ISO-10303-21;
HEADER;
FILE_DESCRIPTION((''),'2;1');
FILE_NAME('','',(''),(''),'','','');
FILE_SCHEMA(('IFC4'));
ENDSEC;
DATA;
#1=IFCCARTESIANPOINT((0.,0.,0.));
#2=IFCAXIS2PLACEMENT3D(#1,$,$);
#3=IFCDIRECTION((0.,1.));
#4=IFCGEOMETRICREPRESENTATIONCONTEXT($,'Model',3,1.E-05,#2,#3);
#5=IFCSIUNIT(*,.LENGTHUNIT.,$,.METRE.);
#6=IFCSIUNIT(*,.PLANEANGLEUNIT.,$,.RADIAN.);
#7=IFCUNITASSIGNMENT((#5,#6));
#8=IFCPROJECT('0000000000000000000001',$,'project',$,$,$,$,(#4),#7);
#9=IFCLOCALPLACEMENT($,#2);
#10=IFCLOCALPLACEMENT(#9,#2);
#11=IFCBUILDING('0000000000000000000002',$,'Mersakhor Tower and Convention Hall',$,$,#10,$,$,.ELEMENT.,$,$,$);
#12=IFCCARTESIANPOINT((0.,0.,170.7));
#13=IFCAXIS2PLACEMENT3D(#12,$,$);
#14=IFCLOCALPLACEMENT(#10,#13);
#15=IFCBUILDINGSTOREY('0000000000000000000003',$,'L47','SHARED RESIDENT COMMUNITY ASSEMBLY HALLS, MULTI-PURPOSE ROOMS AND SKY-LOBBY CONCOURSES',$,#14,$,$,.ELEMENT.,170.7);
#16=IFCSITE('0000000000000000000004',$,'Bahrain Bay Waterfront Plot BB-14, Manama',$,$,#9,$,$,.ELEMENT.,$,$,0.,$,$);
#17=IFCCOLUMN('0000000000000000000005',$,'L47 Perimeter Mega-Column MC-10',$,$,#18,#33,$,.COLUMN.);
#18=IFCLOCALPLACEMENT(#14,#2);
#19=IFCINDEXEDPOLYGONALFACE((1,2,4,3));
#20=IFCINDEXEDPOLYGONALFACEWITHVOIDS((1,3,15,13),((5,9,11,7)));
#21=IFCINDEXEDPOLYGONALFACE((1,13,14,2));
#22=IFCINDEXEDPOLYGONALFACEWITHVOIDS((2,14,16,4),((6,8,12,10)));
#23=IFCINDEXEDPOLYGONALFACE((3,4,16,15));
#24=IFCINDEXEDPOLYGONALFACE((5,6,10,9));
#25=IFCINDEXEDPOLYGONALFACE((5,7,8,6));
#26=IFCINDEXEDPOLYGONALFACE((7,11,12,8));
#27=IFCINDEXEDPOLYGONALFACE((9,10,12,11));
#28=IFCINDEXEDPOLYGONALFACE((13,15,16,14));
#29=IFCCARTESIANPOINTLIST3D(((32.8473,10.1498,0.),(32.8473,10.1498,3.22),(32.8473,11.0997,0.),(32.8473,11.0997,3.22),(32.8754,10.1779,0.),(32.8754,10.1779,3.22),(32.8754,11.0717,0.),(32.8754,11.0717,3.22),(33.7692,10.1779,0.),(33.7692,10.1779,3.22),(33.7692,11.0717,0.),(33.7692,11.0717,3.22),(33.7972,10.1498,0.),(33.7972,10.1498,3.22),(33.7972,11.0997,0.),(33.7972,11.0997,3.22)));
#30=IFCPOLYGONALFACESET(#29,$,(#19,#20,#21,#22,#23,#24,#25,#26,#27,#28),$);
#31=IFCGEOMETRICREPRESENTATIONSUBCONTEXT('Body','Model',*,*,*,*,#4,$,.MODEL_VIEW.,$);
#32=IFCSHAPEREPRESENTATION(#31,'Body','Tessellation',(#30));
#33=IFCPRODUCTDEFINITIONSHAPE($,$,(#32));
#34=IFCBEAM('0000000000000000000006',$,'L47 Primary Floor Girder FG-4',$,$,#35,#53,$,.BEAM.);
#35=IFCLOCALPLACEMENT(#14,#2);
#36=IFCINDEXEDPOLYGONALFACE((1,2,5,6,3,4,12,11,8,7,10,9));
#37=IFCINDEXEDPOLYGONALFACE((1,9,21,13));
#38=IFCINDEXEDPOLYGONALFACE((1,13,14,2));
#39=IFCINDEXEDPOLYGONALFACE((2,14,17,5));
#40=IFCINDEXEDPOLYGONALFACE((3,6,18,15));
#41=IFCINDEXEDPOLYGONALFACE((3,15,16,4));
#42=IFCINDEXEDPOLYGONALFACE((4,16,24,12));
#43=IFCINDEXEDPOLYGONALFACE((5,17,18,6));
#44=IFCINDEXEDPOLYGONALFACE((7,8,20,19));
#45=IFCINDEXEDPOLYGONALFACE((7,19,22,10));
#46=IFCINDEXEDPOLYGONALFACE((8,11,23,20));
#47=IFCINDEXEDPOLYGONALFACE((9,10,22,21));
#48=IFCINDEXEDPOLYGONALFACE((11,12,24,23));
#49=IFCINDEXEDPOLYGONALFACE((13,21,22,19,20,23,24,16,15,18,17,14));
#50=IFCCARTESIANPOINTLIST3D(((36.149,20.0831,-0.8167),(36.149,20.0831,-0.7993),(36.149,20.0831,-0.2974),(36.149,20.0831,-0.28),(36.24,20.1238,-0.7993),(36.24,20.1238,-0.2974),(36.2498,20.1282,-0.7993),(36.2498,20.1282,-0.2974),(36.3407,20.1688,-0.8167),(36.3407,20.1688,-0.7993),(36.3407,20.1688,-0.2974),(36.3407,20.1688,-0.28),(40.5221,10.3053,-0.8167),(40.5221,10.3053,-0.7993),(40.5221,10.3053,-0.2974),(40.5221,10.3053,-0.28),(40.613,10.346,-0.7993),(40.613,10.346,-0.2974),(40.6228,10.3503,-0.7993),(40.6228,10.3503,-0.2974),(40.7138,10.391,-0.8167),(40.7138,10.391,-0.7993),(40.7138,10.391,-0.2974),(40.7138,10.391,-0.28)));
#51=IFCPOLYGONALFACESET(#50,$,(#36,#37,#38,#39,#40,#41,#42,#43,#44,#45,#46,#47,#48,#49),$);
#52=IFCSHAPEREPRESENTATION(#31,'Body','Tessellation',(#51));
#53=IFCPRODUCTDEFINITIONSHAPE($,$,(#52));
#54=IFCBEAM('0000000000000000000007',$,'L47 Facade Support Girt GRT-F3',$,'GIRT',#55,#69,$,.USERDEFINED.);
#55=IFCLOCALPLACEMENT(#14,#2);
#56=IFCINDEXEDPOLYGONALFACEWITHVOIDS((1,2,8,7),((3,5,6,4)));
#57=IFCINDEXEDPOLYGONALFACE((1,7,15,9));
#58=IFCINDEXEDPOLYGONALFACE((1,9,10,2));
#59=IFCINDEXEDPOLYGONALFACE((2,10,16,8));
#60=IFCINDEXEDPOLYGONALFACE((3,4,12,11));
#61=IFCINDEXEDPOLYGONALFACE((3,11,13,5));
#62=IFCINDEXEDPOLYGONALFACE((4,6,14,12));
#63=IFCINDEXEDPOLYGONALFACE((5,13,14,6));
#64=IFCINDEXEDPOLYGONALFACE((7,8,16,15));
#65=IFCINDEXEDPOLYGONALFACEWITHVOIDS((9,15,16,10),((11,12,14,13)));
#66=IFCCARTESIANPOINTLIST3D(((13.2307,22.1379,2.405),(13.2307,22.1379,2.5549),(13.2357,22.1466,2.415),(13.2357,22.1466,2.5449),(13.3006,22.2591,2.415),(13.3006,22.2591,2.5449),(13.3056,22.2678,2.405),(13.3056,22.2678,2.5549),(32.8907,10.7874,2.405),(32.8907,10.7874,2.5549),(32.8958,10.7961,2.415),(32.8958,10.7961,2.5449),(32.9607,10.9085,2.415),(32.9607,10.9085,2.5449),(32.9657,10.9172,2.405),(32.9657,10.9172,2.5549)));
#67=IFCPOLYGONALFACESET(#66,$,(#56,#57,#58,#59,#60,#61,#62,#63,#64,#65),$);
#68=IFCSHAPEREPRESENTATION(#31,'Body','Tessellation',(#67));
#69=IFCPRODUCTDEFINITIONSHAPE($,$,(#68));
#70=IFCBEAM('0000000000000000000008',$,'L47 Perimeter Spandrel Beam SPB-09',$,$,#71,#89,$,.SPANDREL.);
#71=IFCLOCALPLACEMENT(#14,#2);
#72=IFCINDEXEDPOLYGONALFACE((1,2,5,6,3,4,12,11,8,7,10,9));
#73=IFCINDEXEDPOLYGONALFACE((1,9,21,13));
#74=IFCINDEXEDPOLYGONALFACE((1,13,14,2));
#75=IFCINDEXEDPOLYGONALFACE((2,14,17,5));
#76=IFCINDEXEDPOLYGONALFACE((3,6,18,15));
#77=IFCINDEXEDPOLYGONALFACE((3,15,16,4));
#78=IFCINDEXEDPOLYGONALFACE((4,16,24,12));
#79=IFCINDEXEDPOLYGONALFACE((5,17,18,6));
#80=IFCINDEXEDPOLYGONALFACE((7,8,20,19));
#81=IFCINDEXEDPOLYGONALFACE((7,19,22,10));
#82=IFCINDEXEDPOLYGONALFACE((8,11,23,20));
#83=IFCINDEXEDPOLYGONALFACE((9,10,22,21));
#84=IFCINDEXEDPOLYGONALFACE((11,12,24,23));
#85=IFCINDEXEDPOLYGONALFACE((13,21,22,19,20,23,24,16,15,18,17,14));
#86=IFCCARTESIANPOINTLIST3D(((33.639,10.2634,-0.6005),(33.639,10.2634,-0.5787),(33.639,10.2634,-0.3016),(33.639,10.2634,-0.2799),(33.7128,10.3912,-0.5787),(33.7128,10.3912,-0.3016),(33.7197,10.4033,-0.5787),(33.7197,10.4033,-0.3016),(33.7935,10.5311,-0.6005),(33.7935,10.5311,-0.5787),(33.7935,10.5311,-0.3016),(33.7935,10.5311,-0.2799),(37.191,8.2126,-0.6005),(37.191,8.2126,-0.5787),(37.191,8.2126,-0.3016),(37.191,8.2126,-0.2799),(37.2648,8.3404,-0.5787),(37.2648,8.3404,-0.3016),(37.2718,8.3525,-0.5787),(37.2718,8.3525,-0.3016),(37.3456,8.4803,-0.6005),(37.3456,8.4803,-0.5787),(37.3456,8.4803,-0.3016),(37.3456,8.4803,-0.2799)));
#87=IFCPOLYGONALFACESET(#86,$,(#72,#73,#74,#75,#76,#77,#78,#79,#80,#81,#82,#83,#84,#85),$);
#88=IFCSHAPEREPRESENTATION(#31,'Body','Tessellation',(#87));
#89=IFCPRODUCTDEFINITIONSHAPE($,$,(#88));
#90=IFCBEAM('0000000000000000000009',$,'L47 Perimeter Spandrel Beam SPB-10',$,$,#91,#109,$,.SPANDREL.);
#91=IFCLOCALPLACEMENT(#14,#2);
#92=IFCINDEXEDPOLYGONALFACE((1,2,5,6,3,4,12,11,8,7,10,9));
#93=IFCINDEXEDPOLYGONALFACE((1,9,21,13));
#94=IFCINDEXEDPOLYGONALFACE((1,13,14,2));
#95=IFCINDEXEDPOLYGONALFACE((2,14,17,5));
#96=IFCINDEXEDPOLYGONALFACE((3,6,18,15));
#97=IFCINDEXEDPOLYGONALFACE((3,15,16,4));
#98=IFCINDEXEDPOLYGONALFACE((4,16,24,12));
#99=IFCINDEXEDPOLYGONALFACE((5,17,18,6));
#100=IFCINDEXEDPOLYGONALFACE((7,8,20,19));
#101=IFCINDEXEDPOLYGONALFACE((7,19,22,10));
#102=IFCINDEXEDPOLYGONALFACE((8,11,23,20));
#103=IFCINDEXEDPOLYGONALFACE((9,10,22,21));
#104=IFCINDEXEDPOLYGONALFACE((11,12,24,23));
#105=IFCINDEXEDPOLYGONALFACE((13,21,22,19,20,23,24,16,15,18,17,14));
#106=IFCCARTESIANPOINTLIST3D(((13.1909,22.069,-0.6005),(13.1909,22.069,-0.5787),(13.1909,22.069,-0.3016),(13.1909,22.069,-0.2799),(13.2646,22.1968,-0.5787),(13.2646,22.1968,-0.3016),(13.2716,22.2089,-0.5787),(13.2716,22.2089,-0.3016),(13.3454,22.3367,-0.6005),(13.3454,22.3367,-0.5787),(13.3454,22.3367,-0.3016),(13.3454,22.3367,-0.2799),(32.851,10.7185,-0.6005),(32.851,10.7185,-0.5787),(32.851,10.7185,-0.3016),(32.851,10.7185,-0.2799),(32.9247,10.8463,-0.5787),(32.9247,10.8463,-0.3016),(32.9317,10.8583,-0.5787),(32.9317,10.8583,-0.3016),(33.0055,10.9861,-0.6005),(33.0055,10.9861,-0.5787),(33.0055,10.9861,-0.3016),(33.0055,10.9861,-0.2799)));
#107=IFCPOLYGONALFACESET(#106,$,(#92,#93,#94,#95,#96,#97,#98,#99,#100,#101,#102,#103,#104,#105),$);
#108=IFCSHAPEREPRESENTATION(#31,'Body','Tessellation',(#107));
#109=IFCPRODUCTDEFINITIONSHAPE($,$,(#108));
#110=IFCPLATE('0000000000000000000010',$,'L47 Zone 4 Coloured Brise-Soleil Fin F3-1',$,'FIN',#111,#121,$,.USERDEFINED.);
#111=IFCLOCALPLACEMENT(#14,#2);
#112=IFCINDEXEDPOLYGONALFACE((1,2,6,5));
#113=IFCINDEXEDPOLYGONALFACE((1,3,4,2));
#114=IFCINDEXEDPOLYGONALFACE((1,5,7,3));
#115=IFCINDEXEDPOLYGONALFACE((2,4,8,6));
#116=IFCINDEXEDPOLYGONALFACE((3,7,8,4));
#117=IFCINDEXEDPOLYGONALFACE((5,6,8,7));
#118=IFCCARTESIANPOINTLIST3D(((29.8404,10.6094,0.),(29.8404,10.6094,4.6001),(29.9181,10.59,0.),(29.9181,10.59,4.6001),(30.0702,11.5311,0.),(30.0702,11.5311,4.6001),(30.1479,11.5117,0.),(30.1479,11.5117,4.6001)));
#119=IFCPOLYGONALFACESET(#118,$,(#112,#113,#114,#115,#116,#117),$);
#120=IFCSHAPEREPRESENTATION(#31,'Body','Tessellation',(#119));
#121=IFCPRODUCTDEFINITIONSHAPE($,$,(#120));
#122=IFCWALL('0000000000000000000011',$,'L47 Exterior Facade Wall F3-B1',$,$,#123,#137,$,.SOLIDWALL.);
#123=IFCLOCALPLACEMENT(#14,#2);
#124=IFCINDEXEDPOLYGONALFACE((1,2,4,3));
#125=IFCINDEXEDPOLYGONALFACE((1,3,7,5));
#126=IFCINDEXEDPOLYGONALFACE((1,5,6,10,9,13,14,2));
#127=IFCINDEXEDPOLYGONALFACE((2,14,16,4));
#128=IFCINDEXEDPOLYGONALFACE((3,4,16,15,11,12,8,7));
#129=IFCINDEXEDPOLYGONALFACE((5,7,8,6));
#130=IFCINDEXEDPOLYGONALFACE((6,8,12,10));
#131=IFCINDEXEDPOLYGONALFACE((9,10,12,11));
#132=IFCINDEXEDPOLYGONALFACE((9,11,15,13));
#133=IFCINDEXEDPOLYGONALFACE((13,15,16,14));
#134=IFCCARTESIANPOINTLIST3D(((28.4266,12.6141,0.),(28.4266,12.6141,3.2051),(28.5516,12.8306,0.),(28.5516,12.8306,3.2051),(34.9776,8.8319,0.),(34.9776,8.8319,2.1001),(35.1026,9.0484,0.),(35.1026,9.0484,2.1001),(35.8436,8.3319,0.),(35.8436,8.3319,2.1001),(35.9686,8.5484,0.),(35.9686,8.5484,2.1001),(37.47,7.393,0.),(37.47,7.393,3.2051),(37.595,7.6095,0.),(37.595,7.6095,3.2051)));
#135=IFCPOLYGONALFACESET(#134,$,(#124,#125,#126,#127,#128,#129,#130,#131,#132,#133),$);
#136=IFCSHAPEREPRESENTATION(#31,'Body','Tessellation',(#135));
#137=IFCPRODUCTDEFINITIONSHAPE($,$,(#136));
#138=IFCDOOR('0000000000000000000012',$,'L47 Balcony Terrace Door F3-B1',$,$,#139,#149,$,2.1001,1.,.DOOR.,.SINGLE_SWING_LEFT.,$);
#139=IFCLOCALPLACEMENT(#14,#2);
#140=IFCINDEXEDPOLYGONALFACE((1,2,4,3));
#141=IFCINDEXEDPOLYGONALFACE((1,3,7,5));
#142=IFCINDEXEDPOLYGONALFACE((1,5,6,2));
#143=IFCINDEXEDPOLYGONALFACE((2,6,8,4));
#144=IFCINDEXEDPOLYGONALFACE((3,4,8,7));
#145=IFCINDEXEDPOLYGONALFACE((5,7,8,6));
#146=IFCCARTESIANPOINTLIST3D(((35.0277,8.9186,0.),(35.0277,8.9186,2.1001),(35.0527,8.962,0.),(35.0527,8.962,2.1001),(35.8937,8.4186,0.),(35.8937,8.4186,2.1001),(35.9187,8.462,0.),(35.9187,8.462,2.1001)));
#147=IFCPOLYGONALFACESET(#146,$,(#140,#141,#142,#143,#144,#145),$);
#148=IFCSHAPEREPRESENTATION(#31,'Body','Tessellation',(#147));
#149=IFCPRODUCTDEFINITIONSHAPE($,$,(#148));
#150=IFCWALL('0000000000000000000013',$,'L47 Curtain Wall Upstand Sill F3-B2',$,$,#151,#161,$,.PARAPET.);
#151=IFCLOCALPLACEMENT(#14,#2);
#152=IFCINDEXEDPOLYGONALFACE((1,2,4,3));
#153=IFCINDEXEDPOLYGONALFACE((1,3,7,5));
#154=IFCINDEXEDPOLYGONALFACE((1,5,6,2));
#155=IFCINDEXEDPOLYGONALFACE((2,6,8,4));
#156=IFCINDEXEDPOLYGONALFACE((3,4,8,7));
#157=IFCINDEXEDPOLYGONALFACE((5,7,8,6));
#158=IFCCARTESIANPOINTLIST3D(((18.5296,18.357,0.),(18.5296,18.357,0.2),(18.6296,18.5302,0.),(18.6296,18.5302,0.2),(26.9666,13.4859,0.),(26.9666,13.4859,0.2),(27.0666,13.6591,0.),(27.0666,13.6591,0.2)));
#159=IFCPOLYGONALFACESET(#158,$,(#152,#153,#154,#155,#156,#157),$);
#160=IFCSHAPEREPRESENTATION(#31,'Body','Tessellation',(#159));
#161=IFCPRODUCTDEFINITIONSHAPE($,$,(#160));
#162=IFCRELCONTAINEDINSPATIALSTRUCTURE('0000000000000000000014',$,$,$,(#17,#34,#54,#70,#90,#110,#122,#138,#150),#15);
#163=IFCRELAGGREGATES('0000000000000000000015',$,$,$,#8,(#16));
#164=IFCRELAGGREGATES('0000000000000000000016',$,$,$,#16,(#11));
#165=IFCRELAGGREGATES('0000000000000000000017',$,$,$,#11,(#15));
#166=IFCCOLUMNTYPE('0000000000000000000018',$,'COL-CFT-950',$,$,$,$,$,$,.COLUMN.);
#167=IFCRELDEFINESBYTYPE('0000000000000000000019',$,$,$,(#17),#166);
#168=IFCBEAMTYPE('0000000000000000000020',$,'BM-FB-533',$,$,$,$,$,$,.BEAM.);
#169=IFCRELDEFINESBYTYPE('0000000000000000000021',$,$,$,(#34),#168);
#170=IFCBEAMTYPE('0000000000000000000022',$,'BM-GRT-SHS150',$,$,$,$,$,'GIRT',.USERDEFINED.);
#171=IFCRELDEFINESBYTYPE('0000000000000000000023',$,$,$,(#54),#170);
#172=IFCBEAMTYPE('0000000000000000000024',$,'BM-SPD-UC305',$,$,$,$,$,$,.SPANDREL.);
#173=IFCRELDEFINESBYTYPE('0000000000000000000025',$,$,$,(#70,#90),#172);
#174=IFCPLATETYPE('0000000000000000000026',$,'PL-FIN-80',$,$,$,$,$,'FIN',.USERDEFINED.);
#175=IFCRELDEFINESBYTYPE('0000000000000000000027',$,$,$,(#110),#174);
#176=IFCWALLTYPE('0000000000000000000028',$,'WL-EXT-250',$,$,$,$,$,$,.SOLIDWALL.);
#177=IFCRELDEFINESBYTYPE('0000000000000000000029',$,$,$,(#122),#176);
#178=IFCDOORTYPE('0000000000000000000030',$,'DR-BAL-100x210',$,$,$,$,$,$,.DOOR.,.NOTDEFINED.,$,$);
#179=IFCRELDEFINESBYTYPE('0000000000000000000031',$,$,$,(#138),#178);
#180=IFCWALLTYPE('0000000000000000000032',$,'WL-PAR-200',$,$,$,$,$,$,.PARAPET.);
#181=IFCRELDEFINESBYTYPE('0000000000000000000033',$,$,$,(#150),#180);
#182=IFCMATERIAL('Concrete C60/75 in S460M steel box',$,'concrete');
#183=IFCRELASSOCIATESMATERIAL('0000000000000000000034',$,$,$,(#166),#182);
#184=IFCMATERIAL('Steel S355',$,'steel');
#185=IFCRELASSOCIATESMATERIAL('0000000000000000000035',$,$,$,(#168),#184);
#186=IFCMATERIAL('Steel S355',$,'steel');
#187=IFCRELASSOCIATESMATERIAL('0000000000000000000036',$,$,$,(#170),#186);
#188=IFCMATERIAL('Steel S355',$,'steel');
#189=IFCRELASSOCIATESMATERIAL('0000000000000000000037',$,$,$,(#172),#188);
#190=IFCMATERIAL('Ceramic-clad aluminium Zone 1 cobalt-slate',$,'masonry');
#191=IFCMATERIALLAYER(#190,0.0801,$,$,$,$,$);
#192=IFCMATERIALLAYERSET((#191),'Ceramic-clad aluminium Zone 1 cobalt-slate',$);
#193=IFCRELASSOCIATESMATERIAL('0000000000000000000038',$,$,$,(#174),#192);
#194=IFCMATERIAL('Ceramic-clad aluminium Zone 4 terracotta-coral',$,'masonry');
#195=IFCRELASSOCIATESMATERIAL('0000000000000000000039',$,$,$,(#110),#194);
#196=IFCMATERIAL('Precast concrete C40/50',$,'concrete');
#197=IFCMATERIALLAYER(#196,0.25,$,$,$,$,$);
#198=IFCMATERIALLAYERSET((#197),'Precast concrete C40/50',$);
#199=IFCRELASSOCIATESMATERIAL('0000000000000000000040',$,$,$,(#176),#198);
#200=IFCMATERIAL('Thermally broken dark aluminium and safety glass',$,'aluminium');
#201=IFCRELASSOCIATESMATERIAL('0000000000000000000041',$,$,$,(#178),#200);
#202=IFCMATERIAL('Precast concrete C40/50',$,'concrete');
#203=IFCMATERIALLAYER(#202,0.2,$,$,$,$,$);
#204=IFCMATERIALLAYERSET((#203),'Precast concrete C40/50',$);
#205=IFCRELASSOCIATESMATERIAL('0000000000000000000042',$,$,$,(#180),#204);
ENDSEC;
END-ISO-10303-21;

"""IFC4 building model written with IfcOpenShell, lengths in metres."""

from ifc_helpers import new_model, si_unit, direction, frame, frame_2d, origin, origin_2d, place, context, subcontext, project, spatial, rectangle, hollow_rectangle, i_section, extrude, material, layer, layer_set, material_profile, profile_set, type_object, element, fill, save


model = new_model("IFC4")

# Units and contexts
model_context = context("Model", 3, precision=1e-05, world=origin(), true_north=direction((0.0, 1.0)))
body_context = subcontext(model_context, "Body", "Model", "MODEL_VIEW")
ifc_project = project(units=[si_unit("LENGTHUNIT", "METRE"), si_unit("PLANEANGLEUNIT", "RADIAN")], contexts=[model_context])

# Site, building, storey
site_placement = place(None, origin())
site = spatial("IfcSite", under=ifc_project, at=site_placement, Name="Bahrain Bay Waterfront Plot BB-14, Manama", CompositionType="ELEMENT", RefElevation=0.0)
building_placement = place(site_placement, origin())
building = spatial("IfcBuilding", under=site, at=building_placement, Name="Mersakhor Tower and Convention Hall", CompositionType="ELEMENT")
storey_placement = place(building_placement, frame((0.0, 0.0, 170.7)))
storey = spatial("IfcBuildingStorey", under=building, at=storey_placement, Name="L47", Description="SHARED RESIDENT COMMUNITY ASSEMBLY HALLS, MULTI-PURPOSE ROOMS AND SKY-LOBBY CONCOURSES", CompositionType="ELEMENT", Elevation=170.7)

# Column
ifc_material_1 = material(Name="Concrete C60/75 in S460M steel box", Category="concrete")
ifc_material_profile_1 = material_profile(ifc_material_1, hollow_rectangle(XDim=0.95, YDim=0.95, WallThickness=0.0281, at=origin_2d()), Name="SHS 950x950x28")
ifc_profile_set_1 = profile_set([ifc_material_profile_1], Name="Concrete C60/75 in S460M steel box")
column_type = type_object("IfcColumnType", Name="COL-CFT-950", PredefinedType="COLUMN", material=ifc_profile_set_1)
column_placement = place(storey_placement, frame((33.3223, 10.6248, 0.0), z_axis=(0.0, 0.0, 1.0), x_axis=(1.0, 0.0, 0.0)))
element("IfcColumn", 1, at=column_placement, inside=storey, type_object=column_type, Name="L47 Perimeter Mega-Column MC-10", PredefinedType="COLUMN", context=body_context, shape_type="SweptSolid", body=[
    extrude(hollow_rectangle(XDim=0.95, YDim=0.95, WallThickness=0.0281, at=origin_2d()), origin(), (0.0, 0.0, 1.0), 3.22),
])

# Beams
ifc_material_2 = material(Name="Steel S355", Category="steel")
ifc_material_profile_2 = material_profile(ifc_material_2, i_section(OverallWidth=0.21, OverallDepth=0.5366, WebThickness=0.0107, FlangeThickness=0.0173, at=origin_2d()), Name="UB 533x210x101")
ifc_profile_set_2 = profile_set([ifc_material_profile_2], Name="Steel S355")
beam_type_1 = type_object("IfcBeamType", Name="BM-FB-533", PredefinedType="BEAM", material=ifc_profile_set_2)
beam_1_placement = place(storey_placement, frame((36.2449, 20.126, -0.5483), z_axis=(0.408269, -0.912862, 0.0), x_axis=(0.912862, 0.408269, 0.0)))
element("IfcBeam", 2, at=beam_1_placement, inside=storey, type_object=beam_type_1, Name="L47 Primary Floor Girder FG-4", PredefinedType="BEAM", context=body_context, shape_type="SweptSolid", body=[
    extrude(i_section(OverallWidth=0.21, OverallDepth=0.5366, WebThickness=0.0107, FlangeThickness=0.0173, at=origin_2d()), origin(), (0.0, 0.0, 1.0), 10.7112),
])
ifc_material_3 = material(Name="Steel S355", Category="steel")
ifc_material_profile_3 = material_profile(ifc_material_3, hollow_rectangle(XDim=0.1499, YDim=0.1499, WallThickness=0.01, at=origin_2d()), Name="SHS 150x150x10")
ifc_profile_set_3 = profile_set([ifc_material_profile_3], Name="Steel S355")
beam_type_2 = type_object("IfcBeamType", Name="BM-GRT-SHS150", ElementType="GIRT", PredefinedType="USERDEFINED", material=ifc_profile_set_3)
beam_2_placement = place(storey_placement, frame((32.9282, 10.8523, 2.48), z_axis=(-0.866029, 0.499993, 0.0), x_axis=(-0.499993, -0.866029, 0.0)))
element("IfcBeam", 3, at=beam_2_placement, inside=storey, type_object=beam_type_2, Name="L47 Facade Support Girt GRT-F3", ObjectType="GIRT", PredefinedType="USERDEFINED", context=body_context, shape_type="SweptSolid", body=[
    extrude(hollow_rectangle(XDim=0.1499, YDim=0.1499, WallThickness=0.01, at=origin_2d()), origin(), (0.0, 0.0, 1.0), 22.7014),
])
ifc_material_4 = material(Name="Steel S355", Category="steel")
ifc_material_profile_4 = material_profile(ifc_material_4, i_section(OverallWidth=0.3091, OverallDepth=0.3206, WebThickness=0.0139, FlangeThickness=0.0217, at=origin_2d()), Name="UC 305x305x137")
ifc_profile_set_4 = profile_set([ifc_material_profile_4], Name="Steel S355")
beam_type_3 = type_object("IfcBeamType", Name="BM-SPD-UC305", PredefinedType="SPANDREL", material=ifc_profile_set_4)
beam_3_placement = place(storey_placement, frame((37.2683, 8.3464, -0.4402), z_axis=(-0.866022, 0.500006, 0.0), x_axis=(-0.500006, -0.866022, 0.0)))
element("IfcBeam", 4, at=beam_3_placement, inside=storey, type_object=beam_type_3, Name="L47 Perimeter Spandrel Beam SPB-09", PredefinedType="SPANDREL", context=body_context, shape_type="SweptSolid", body=[
    extrude(i_section(OverallWidth=0.3091, OverallDepth=0.3206, WebThickness=0.0139, FlangeThickness=0.0217, at=origin_2d()), origin(), (0.0, 0.0, 1.0), 4.1016),
])
beam_4_placement = place(storey_placement, frame((32.9282, 10.8523, -0.4402), z_axis=(-0.866029, 0.499993, 0.0), x_axis=(-0.499993, -0.866029, 0.0)))
element("IfcBeam", 5, at=beam_4_placement, inside=storey, type_object=beam_type_3, Name="L47 Perimeter Spandrel Beam SPB-10", PredefinedType="SPANDREL", context=body_context, shape_type="SweptSolid", body=[
    extrude(i_section(OverallWidth=0.3091, OverallDepth=0.3206, WebThickness=0.0139, FlangeThickness=0.0217, at=origin_2d()), origin(), (0.0, 0.0, 1.0), 22.7014),
])

# Plate
ifc_material_5 = material(Name="Ceramic-clad aluminium Zone 4 terracotta-coral", Category="masonry")
ifc_material_6 = material(Name="Ceramic-clad aluminium Zone 1 cobalt-slate", Category="masonry")
ifc_layer_1 = layer(ifc_material_6, 0.0801)
ifc_layer_set_1 = layer_set([ifc_layer_1], Name="Ceramic-clad aluminium Zone 1 cobalt-slate")
plate_type = type_object("IfcPlateType", Name="PL-FIN-80", ElementType="FIN", PredefinedType="USERDEFINED", material=ifc_layer_set_1)
plate_placement = place(storey_placement, frame((29.9941, 11.0605, 0.0), z_axis=(0.0, 0.0, 1.0), x_axis=(-0.241922, -0.970296, 0.0)))
element("IfcPlate", 6, at=plate_placement, inside=storey, type_object=plate_type, material=ifc_material_5, Name="L47 Zone 4 Coloured Brise-Soleil Fin F3-1", ObjectType="FIN", PredefinedType="USERDEFINED", context=body_context, shape_type="SweptSolid", body=[
    extrude(rectangle(XDim=0.95, YDim=0.0801, at=origin_2d()), origin(), (0.0, 0.0, 1.0), 4.6001),
])

# Wall, opening, door
ifc_material_7 = material(Name="Precast concrete C40/50", Category="concrete")
ifc_layer_2 = layer(ifc_material_7, 0.25)
ifc_layer_set_2 = layer_set([ifc_layer_2], Name="Precast concrete C40/50")
wall_type_1 = type_object("IfcWallType", Name="WL-EXT-250", PredefinedType="SOLIDWALL", material=ifc_layer_set_2)
wall_1_placement = place(storey_placement, frame((37.5325, 7.5012, 0.0), z_axis=(0.0, 0.0, 1.0), x_axis=(-0.866028, 0.499996, 0.0)))
wall_1 = element("IfcWall", 7, at=wall_1_placement, inside=storey, type_object=wall_type_1, Name="L47 Exterior Facade Wall F3-B1", PredefinedType="SOLIDWALL", context=body_context, shape_type="SweptSolid", body=[
    extrude(rectangle(XDim=10.4424, YDim=0.25, at=frame_2d((5.2212, 0.0))), origin(), (0.0, 0.0, 1.0), 3.2051),
])
opening_1_placement = place(wall_1_placement, frame((1.8779, 0.0, 0.0)))
opening_1 = element("IfcOpeningElement", 8, at=opening_1_placement, cuts=wall_1, PredefinedType="OPENING", context=body_context, shape_type="SweptSolid", body=[
    extrude(rectangle(XDim=1.0, YDim=2.1001, at=frame_2d((0.5, 1.05))), frame((0.0, 0.135, 0.0), z_axis=(0.0, -1.0, 0.0), x_axis=(1.0, 0.0, 0.0)), (0.0, 0.0, 1.0), 0.27),
])
ifc_material_8 = material(Name="Thermally broken dark aluminium and safety glass", Category="aluminium")
door_type_1 = type_object("IfcDoorType", Name="DR-BAL-100x210", OperationType="NOTDEFINED", PredefinedType="DOOR", material=ifc_material_8)
door_1_placement = place(opening_1_placement, origin())
door_1 = element("IfcDoor", 9, at=door_1_placement, inside=storey, type_object=door_type_1, Name="L47 Balcony Terrace Door F3-B1", OperationType="SINGLE_SWING_LEFT", OverallHeight=2.1001, OverallWidth=1.0, PredefinedType="DOOR", context=body_context, shape_type="SweptSolid", body=[
    extrude(rectangle(XDim=1.0, YDim=2.1001, at=frame_2d((0.5, 1.05))), frame((0.0, 0.0249, 0.0), z_axis=(0.0, -1.0, 0.0), x_axis=(1.0, 0.0, 0.0)), (0.0, 0.0, 1.0), 0.05),
])
fill(opening_1, door_1)

# Wall
ifc_material_9 = material(Name="Precast concrete C40/50", Category="concrete")
ifc_layer_3 = layer(ifc_material_9, 0.2)
ifc_layer_set_3 = layer_set([ifc_layer_3], Name="Precast concrete C40/50")
wall_type_2 = type_object("IfcWallType", Name="WL-PAR-200", PredefinedType="PARAPET", material=ifc_layer_set_3)
wall_2_placement = place(storey_placement, frame((27.0166, 13.5725, 0.0), z_axis=(0.0, 0.0, 1.0), x_axis=(-0.866026, 0.499999, 0.0)))
element("IfcWall", 10, at=wall_2_placement, inside=storey, type_object=wall_type_2, Name="L47 Curtain Wall Upstand Sill F3-B2", PredefinedType="PARAPET", context=body_context, shape_type="SweptSolid", body=[
    extrude(rectangle(XDim=9.7422, YDim=0.2, at=frame_2d((4.8711, 0.0))), origin(), (0.0, 0.0, 1.0), 0.2),
])

save(model, "model.ifc")
